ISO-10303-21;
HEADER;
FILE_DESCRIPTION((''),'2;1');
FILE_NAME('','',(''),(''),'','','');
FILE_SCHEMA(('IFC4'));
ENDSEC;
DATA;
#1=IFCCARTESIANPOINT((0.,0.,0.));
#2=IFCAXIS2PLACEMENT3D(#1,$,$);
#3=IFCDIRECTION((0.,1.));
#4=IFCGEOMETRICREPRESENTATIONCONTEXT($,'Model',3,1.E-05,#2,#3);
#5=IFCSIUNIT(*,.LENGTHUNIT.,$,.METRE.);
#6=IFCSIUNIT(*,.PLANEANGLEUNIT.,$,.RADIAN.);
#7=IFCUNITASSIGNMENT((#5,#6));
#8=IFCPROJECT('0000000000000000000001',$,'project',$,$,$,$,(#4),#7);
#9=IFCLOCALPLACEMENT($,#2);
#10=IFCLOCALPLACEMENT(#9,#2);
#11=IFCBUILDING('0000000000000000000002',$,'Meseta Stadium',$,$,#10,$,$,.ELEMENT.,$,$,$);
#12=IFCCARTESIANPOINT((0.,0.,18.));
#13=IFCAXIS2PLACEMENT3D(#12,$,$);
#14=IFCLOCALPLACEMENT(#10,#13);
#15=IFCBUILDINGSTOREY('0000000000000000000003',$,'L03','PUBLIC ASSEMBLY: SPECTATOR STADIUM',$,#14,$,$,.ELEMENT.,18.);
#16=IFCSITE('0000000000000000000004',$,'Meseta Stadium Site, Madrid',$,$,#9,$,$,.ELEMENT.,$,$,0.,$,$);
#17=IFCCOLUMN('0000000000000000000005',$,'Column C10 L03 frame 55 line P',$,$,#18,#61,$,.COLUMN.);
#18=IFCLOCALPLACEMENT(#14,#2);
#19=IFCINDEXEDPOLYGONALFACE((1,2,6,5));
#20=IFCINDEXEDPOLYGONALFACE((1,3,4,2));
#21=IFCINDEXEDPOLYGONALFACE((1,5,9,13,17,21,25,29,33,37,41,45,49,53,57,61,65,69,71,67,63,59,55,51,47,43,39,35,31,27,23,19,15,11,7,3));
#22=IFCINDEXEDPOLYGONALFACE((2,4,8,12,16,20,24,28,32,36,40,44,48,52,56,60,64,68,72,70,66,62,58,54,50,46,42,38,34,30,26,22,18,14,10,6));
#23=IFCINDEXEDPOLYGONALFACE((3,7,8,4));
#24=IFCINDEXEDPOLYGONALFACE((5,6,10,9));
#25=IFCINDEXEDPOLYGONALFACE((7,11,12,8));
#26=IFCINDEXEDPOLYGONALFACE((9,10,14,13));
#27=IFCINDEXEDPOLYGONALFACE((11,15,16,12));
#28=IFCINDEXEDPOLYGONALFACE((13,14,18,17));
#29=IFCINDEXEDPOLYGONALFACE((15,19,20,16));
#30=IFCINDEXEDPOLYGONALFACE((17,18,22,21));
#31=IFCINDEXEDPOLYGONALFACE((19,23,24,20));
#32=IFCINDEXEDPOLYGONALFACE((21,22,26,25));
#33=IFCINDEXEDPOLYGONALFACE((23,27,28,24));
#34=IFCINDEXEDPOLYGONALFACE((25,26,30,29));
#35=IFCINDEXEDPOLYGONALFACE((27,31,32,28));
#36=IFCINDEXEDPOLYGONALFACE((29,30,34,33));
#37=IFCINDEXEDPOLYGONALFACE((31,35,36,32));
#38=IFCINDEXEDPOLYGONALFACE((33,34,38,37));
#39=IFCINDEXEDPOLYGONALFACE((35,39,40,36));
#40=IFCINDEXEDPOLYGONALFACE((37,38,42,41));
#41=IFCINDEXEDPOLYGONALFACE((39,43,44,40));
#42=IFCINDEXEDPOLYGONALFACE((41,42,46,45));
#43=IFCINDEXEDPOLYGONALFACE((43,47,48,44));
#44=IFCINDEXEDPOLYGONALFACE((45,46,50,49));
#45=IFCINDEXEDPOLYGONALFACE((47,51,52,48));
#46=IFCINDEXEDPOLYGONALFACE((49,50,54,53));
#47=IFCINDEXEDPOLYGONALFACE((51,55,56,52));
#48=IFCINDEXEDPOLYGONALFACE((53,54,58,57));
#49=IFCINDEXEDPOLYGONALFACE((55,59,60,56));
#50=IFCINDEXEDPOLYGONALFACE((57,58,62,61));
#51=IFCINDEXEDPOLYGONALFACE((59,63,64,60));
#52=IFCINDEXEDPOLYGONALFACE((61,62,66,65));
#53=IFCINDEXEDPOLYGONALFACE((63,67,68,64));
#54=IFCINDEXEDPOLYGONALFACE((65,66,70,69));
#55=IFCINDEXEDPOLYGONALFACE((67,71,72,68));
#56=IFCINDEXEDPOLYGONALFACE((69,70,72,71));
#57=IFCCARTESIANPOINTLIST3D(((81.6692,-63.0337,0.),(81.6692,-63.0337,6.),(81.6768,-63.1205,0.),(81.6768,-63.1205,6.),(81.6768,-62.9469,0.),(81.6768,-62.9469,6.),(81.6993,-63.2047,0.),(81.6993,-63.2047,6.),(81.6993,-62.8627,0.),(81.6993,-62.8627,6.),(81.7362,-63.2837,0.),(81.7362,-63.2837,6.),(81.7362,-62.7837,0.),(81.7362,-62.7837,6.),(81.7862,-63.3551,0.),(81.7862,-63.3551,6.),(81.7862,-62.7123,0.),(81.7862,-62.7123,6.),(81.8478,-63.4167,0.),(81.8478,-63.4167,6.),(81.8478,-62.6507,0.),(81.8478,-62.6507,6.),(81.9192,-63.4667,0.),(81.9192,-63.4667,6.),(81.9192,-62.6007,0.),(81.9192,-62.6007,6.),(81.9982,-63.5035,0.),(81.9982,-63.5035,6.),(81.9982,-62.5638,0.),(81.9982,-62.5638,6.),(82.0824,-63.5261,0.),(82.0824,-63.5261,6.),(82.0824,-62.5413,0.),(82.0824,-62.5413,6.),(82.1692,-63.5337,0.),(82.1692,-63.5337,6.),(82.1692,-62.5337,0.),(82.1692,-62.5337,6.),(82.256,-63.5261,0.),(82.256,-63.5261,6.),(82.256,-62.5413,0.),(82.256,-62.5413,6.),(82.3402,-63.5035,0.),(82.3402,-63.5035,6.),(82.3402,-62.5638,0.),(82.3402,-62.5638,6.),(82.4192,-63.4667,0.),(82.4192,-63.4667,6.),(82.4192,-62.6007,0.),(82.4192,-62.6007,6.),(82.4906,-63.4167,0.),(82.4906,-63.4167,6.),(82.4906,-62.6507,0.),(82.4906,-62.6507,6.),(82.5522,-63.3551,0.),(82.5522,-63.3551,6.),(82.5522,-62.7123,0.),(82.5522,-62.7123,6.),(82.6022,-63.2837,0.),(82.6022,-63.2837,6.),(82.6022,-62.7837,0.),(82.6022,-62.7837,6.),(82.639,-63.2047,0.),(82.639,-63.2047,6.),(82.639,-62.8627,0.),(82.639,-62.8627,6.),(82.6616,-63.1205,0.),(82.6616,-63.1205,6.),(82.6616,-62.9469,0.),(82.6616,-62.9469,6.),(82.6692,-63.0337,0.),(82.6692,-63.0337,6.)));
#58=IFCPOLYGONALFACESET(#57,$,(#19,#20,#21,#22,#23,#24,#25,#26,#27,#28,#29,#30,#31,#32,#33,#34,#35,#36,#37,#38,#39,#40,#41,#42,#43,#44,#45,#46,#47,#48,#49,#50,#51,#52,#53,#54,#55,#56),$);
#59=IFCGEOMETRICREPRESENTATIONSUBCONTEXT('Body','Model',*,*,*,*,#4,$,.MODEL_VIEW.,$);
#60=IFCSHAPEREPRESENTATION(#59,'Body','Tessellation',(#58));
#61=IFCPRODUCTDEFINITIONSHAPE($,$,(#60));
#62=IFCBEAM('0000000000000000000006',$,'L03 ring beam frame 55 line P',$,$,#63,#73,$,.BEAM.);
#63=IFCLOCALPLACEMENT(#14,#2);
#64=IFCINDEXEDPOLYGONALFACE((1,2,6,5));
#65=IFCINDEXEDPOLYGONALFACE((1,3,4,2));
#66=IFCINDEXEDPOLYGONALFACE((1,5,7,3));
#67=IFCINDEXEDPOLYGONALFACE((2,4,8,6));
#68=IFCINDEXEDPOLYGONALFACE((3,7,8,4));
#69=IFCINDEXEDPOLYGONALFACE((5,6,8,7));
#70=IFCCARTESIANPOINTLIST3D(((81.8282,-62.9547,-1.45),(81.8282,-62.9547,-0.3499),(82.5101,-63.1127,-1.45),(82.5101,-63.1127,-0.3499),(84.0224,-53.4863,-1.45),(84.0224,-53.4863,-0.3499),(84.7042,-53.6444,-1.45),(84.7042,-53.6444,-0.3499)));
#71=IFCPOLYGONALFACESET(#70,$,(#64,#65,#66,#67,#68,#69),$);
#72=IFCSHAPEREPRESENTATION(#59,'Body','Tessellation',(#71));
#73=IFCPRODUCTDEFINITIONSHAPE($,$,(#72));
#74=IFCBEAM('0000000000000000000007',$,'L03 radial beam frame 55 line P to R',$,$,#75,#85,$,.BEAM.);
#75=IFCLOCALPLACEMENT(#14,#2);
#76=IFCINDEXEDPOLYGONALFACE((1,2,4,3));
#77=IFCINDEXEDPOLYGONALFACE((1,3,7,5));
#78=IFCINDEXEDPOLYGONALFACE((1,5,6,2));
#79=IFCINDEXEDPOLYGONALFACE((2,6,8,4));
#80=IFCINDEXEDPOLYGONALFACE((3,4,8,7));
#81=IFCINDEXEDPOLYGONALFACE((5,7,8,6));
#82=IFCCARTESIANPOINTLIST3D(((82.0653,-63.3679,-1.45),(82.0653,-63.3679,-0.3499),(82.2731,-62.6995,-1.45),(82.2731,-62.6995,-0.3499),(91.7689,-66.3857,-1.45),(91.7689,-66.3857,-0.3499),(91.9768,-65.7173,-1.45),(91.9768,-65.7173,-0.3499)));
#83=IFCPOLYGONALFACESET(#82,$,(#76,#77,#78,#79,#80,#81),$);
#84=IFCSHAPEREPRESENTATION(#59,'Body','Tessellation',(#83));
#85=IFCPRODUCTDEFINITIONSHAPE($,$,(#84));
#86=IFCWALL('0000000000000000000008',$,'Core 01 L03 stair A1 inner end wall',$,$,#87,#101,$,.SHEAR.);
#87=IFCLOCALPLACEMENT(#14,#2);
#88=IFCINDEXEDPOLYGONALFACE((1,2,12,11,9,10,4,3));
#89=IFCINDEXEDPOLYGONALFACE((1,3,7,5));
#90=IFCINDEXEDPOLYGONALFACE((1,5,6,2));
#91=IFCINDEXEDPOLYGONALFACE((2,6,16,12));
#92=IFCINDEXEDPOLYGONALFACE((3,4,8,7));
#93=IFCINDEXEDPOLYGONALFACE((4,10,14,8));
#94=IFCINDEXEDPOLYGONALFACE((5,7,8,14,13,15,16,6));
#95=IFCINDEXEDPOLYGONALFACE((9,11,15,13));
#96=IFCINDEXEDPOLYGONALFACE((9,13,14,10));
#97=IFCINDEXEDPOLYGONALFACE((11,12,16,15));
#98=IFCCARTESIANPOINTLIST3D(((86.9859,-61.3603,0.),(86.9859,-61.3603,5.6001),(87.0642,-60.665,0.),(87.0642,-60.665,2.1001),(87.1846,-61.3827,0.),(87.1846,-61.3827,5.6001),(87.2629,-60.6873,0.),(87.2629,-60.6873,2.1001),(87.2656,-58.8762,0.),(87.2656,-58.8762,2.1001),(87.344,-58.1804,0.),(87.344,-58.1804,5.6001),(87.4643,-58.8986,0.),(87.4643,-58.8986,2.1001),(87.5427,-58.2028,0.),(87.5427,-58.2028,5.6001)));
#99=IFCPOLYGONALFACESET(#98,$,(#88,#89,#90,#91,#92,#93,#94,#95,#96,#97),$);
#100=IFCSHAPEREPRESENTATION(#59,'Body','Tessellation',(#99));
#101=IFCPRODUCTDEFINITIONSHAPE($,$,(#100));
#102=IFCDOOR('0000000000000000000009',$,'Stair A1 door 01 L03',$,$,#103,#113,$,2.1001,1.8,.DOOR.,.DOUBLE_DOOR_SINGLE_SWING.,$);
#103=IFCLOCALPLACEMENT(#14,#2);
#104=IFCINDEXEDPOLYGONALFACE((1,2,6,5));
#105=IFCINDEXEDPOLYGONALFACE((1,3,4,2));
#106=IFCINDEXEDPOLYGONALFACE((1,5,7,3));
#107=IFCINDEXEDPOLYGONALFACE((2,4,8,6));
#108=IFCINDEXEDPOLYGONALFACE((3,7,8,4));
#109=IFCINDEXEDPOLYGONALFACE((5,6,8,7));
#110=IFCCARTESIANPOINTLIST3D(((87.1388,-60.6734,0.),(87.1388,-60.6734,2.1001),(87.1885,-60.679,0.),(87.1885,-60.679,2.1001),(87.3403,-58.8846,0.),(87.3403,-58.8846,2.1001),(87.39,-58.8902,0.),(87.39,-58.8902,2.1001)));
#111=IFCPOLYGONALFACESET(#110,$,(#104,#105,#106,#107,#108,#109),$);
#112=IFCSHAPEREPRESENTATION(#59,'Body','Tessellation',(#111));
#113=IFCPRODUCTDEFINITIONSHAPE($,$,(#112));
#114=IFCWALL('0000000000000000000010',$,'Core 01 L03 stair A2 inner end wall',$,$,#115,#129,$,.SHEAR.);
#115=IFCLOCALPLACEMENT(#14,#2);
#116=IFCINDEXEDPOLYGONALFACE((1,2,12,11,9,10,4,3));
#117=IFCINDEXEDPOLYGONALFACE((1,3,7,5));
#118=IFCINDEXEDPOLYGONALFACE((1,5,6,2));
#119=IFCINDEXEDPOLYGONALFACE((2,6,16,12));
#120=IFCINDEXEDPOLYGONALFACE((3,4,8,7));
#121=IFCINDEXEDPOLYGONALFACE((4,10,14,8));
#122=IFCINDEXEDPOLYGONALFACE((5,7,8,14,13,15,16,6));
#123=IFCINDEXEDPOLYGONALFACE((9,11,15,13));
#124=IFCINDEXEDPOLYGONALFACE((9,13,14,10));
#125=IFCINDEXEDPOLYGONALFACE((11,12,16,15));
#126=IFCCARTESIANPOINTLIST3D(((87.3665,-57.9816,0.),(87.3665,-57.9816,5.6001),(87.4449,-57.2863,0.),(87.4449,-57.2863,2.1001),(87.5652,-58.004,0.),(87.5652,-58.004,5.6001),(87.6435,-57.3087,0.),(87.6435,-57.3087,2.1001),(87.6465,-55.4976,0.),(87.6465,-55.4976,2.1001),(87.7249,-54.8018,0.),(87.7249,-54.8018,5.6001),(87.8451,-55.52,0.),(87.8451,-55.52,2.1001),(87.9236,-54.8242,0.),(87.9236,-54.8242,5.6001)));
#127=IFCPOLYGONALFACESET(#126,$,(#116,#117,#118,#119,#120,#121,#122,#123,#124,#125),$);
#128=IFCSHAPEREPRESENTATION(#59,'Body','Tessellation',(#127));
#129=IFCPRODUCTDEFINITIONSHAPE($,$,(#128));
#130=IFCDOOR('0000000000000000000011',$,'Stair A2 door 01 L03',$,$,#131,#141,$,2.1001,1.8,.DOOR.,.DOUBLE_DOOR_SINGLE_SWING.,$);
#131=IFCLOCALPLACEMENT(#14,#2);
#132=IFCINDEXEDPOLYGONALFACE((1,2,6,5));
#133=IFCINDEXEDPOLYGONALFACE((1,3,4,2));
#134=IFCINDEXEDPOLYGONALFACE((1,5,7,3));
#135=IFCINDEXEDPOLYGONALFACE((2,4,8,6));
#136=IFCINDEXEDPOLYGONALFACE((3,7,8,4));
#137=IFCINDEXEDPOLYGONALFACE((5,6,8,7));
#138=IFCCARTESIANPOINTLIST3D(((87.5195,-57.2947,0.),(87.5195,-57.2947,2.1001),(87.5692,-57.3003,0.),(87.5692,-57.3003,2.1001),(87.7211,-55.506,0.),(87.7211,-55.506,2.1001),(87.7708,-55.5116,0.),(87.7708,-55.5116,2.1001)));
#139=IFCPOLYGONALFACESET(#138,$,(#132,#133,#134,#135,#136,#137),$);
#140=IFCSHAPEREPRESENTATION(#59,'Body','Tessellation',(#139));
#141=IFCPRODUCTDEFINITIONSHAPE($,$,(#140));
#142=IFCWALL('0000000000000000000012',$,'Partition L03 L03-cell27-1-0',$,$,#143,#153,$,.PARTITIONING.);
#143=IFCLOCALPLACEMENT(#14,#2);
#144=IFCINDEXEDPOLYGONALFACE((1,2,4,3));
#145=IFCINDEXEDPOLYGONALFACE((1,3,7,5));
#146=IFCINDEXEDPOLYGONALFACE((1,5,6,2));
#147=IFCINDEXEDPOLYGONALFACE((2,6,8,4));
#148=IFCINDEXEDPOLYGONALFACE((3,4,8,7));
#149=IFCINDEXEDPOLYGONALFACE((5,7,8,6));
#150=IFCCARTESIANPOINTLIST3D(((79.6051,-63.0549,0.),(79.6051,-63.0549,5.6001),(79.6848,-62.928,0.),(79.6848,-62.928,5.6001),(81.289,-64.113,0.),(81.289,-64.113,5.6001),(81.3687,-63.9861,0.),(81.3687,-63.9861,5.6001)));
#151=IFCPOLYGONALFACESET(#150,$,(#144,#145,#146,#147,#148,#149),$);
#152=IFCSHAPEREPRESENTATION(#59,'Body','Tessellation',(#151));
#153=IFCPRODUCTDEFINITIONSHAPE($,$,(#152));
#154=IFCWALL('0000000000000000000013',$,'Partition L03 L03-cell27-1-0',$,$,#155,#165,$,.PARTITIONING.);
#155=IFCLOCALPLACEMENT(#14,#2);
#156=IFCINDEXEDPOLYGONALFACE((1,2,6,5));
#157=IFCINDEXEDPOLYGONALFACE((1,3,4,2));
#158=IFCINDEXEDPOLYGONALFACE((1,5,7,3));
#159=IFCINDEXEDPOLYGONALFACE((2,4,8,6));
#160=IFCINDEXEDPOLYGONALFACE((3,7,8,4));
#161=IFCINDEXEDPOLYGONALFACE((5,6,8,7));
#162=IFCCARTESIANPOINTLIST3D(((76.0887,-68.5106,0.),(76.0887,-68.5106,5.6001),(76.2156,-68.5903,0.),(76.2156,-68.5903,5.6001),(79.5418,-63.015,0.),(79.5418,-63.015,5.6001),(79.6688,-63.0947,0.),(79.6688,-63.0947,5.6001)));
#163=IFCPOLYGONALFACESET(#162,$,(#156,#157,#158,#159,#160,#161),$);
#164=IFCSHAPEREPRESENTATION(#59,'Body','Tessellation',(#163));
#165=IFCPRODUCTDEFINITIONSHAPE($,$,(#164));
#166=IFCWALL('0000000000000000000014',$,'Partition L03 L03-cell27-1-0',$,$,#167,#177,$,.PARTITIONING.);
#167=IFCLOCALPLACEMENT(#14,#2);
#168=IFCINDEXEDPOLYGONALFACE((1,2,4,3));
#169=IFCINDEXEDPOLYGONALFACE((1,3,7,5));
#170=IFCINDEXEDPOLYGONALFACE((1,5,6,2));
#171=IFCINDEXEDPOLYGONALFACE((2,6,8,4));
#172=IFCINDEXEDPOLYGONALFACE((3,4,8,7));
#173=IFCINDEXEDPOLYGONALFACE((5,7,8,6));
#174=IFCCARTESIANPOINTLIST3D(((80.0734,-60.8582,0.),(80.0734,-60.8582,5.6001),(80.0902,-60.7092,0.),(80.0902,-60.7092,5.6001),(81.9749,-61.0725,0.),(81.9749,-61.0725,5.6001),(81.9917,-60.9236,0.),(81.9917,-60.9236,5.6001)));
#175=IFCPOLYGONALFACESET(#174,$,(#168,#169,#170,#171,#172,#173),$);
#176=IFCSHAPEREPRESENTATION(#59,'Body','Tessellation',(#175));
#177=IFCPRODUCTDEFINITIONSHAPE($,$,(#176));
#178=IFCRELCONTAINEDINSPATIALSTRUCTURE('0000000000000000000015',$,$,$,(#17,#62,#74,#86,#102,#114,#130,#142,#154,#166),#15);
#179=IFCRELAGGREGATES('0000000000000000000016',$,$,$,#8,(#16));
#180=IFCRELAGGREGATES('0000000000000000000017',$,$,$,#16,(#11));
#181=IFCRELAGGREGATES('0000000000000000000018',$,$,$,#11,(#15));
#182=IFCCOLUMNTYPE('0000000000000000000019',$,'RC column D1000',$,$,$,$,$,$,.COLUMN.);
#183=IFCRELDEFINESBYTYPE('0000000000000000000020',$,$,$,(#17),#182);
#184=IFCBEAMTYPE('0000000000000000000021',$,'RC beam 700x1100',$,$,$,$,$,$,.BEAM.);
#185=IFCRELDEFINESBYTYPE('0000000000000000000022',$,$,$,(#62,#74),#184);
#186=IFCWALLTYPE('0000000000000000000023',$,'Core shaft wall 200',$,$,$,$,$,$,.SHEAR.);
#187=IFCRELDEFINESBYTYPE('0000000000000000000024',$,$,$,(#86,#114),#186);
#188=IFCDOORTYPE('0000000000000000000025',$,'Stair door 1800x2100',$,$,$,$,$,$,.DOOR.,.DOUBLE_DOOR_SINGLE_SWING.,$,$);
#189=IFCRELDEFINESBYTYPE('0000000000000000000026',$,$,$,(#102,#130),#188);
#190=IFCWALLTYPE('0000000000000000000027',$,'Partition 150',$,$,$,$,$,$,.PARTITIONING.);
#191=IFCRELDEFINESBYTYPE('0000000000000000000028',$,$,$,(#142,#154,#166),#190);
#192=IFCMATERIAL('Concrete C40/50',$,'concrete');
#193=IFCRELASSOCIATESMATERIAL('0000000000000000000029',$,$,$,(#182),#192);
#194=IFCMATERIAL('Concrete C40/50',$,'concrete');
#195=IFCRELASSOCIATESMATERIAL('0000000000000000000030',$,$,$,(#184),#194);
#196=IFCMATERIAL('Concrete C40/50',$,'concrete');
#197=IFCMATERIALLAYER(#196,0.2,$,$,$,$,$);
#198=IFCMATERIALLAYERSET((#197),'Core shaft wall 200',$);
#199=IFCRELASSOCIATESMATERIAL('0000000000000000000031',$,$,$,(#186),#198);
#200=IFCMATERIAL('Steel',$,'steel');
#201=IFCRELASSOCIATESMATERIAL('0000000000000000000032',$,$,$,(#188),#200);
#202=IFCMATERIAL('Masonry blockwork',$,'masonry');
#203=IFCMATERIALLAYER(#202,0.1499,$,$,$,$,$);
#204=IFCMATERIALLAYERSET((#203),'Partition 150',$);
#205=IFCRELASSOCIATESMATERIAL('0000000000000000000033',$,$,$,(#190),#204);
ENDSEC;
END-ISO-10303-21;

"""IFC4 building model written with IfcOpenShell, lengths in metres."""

from ifc_helpers import new_model, si_unit, direction, frame, frame_2d, origin, origin_2d, place, context, subcontext, project, spatial, rectangle, circle, extrude, material, layer, layer_set, material_profile, profile_set, type_object, element, fill, save


model = new_model("IFC4")

# Units and contexts
model_context = context("Model", 3, precision=1e-05, world=origin(), true_north=direction((0.0, 1.0)))
body_context = subcontext(model_context, "Body", "Model", "MODEL_VIEW")
ifc_project = project(units=[si_unit("LENGTHUNIT", "METRE"), si_unit("PLANEANGLEUNIT", "RADIAN")], contexts=[model_context])

# Site, building, storey
site_placement = place(None, origin())
site = spatial("IfcSite", under=ifc_project, at=site_placement, Name="Meseta Stadium Site, Madrid", CompositionType="ELEMENT", RefElevation=0.0)
building_placement = place(site_placement, origin())
building = spatial("IfcBuilding", under=site, at=building_placement, Name="Meseta Stadium", CompositionType="ELEMENT")
storey_placement = place(building_placement, frame((0.0, 0.0, 18.0)))
storey = spatial("IfcBuildingStorey", under=building, at=storey_placement, Name="L03", Description="PUBLIC ASSEMBLY: SPECTATOR STADIUM", CompositionType="ELEMENT", Elevation=18.0)

# Column
ifc_material_1 = material(Name="Concrete C40/50", Category="concrete")
ifc_material_profile_1 = material_profile(ifc_material_1, circle(Radius=0.5, at=origin_2d()), Name="RC D1000")
ifc_profile_set_1 = profile_set([ifc_material_profile_1], Name="Concrete C40/50")
column_type = type_object("IfcColumnType", Name="RC column D1000", PredefinedType="COLUMN", material=ifc_profile_set_1)
column_placement = place(storey_placement, frame((82.1692, -63.0337, 0.0), z_axis=(0.0, 0.0, 1.0), x_axis=(1.0, 0.0, 0.0)))
element("IfcColumn", 1, at=column_placement, inside=storey, type_object=column_type, Name="Column C10 L03 frame 55 line P", PredefinedType="COLUMN", context=body_context, shape_type="SweptSolid", body=[
    extrude(circle(Radius=0.5, at=origin_2d()), origin(), (0.0, 0.0, 1.0), 6.0),
])

# Beams
ifc_material_2 = material(Name="Concrete C40/50", Category="concrete")
ifc_material_profile_2 = material_profile(ifc_material_2, rectangle(XDim=0.7, YDim=1.1001, at=origin_2d()), Name="RC 700x1100")
ifc_profile_set_2 = profile_set([ifc_material_profile_2], Name="Concrete C40/50")
beam_type = type_object("IfcBeamType", Name="RC beam 700x1100", PredefinedType="BEAM", material=ifc_profile_set_2)
beam_1_placement = place(storey_placement, frame((82.1692, -63.0337, -0.8999), z_axis=(0.225749, 0.974185, 0.0), x_axis=(-0.974185, 0.225749, 0.0)))
element("IfcBeam", 2, at=beam_1_placement, inside=storey, type_object=beam_type, Name="L03 ring beam frame 55 line P", PredefinedType="BEAM", context=body_context, shape_type="SweptSolid", body=[
    extrude(rectangle(XDim=0.7, YDim=1.1001, at=origin_2d()), origin(), (0.0, 0.0, 1.0), 9.7192),
])
beam_2_placement = place(storey_placement, frame((82.1692, -63.0337, -0.8999), z_axis=(0.954887, -0.29697, 0.0), x_axis=(0.29697, 0.954887, 0.0)))
element("IfcBeam", 3, at=beam_2_placement, inside=storey, type_object=beam_type, Name="L03 radial beam frame 55 line P to R", PredefinedType="BEAM", context=body_context, shape_type="SweptSolid", body=[
    extrude(rectangle(XDim=0.7, YDim=1.1001, at=origin_2d()), origin(), (0.0, 0.0, 1.0), 10.1621),
])

# Walls, openings, doors
ifc_material_3 = material(Name="Concrete C40/50", Category="concrete")
ifc_layer_1 = layer(ifc_material_3, 0.2)
ifc_layer_set_1 = layer_set([ifc_layer_1], Name="Core shaft wall 200")
wall_type_1 = type_object("IfcWallType", Name="Core shaft wall 200", PredefinedType="SHEAR", material=ifc_layer_set_1)
wall_1_placement = place(storey_placement, frame((87.0852, -61.3716, 0.0), z_axis=(0.0, 0.0, 1.0), x_axis=(0.111922, 0.993717, 0.0)))
wall_1 = element("IfcWall", 4, at=wall_1_placement, inside=storey, type_object=wall_type_1, Name="Core 01 L03 stair A1 inner end wall", PredefinedType="SHEAR", context=body_context, shape_type="SweptSolid", body=[
    extrude(rectangle(XDim=3.2, YDim=0.2, at=frame_2d((1.6001, 0.0))), origin(), (0.0, 0.0, 1.0), 5.6001),
])
opening_1_placement = place(wall_1_placement, frame((0.7, 0.0, 0.0)))
opening_1 = element("IfcOpeningElement", 5, at=opening_1_placement, cuts=wall_1, PredefinedType="OPENING", context=body_context, shape_type="SweptSolid", body=[
    extrude(rectangle(XDim=1.8, YDim=2.1001, at=frame_2d((0.8999, 1.05))), frame((0.0, 0.1099, 0.0), z_axis=(0.0, -1.0, 0.0), x_axis=(1.0, 0.0, 0.0)), (0.0, 0.0, 1.0), 0.22),
])
ifc_material_4 = material(Name="Steel", Category="steel")
door_type = type_object("IfcDoorType", Name="Stair door 1800x2100", OperationType="DOUBLE_DOOR_SINGLE_SWING", PredefinedType="DOOR", material=ifc_material_4)
door_1_placement = place(opening_1_placement, origin())
door_1 = element("IfcDoor", 6, at=door_1_placement, inside=storey, type_object=door_type, Name="Stair A1 door 01 L03", OperationType="DOUBLE_DOOR_SINGLE_SWING", OverallHeight=2.1001, OverallWidth=1.8, PredefinedType="DOOR", context=body_context, shape_type="SweptSolid", body=[
    extrude(rectangle(XDim=1.8, YDim=2.1001, at=frame_2d((0.8999, 1.05))), frame((0.0, 0.0249, 0.0), z_axis=(0.0, -1.0, 0.0), x_axis=(1.0, 0.0, 0.0)), (0.0, 0.0, 1.0), 0.05),
])
fill(opening_1, door_1)
wall_2_placement = place(storey_placement, frame((87.4658, -57.9929, 0.0), z_axis=(0.0, 0.0, 1.0), x_axis=(0.111997, 0.993709, 0.0)))
wall_2 = element("IfcWall", 7, at=wall_2_placement, inside=storey, type_object=wall_type_1, Name="Core 01 L03 stair A2 inner end wall", PredefinedType="SHEAR", context=body_context, shape_type="SweptSolid", body=[
    extrude(rectangle(XDim=3.2, YDim=0.2, at=frame_2d((1.6001, 0.0))), origin(), (0.0, 0.0, 1.0), 5.6001),
])
opening_2_placement = place(wall_2_placement, frame((0.7, 0.0, 0.0)))
opening_2 = element("IfcOpeningElement", 8, at=opening_2_placement, cuts=wall_2, PredefinedType="OPENING", context=body_context, shape_type="SweptSolid", body=[
    extrude(rectangle(XDim=1.8, YDim=2.1001, at=frame_2d((0.8999, 1.05))), frame((0.0, 0.1099, 0.0), z_axis=(0.0, -1.0, 0.0), x_axis=(1.0, 0.0, 0.0)), (0.0, 0.0, 1.0), 0.22),
])
door_2_placement = place(opening_2_placement, origin())
door_2 = element("IfcDoor", 9, at=door_2_placement, inside=storey, type_object=door_type, Name="Stair A2 door 01 L03", OperationType="DOUBLE_DOOR_SINGLE_SWING", OverallHeight=2.1001, OverallWidth=1.8, PredefinedType="DOOR", context=body_context, shape_type="SweptSolid", body=[
    extrude(rectangle(XDim=1.8, YDim=2.1001, at=frame_2d((0.8999, 1.05))), frame((0.0, 0.0249, 0.0), z_axis=(0.0, -1.0, 0.0), x_axis=(1.0, 0.0, 0.0)), (0.0, 0.0, 1.0), 0.05),
])
fill(opening_2, door_2)

# Walls
ifc_material_5 = material(Name="Masonry blockwork", Category="masonry")
ifc_layer_2 = layer(ifc_material_5, 0.1499)
ifc_layer_set_2 = layer_set([ifc_layer_2], Name="Partition 150")
wall_type_2 = type_object("IfcWallType", Name="Partition 150", PredefinedType="PARTITIONING", material=ifc_layer_set_2)
wall_3_placement = place(storey_placement, frame((81.3289, -64.0496, 0.0), z_axis=(0.0, 0.0, 1.0), x_axis=(-0.846706, 0.532061, 0.0)))
element("IfcWall", 10, at=wall_3_placement, inside=storey, type_object=wall_type_2, Name="Partition L03 L03-cell27-1-0", PredefinedType="PARTITIONING", context=body_context, shape_type="SweptSolid", body=[
    extrude(rectangle(XDim=1.9888, YDim=0.1499, at=frame_2d((0.9944, 0.0))), origin(), (0.0, 0.0, 1.0), 5.6001),
])
wall_4_placement = place(storey_placement, frame((79.6052, -63.0549, 0.0), z_axis=(0.0, 0.0, 1.0), x_axis=(-0.532033, -0.846724, 0.0)))
element("IfcWall", 11, at=wall_4_placement, inside=storey, type_object=wall_type_2, Name="Partition L03 L03-cell27-1-0", PredefinedType="PARTITIONING", context=body_context, shape_type="SweptSolid", body=[
    extrude(rectangle(XDim=6.4905, YDim=0.1499, at=frame_2d((3.2451, 0.0))), origin(), (0.0, 0.0, 1.0), 5.6001),
])
wall_5_placement = place(storey_placement, frame((80.0818, -60.7837, 0.0), z_axis=(0.0, 0.0, 1.0), x_axis=(0.993707, -0.112014, 0.0)))
element("IfcWall", 12, at=wall_5_placement, inside=storey, type_object=wall_type_2, Name="Partition L03 L03-cell27-1-0", PredefinedType="PARTITIONING", context=body_context, shape_type="SweptSolid", body=[
    extrude(rectangle(XDim=1.9136, YDim=0.1499, at=frame_2d((0.9568, 0.0))), origin(), (0.0, 0.0, 1.0), 5.6001),
])

save(model, "model.ifc")
